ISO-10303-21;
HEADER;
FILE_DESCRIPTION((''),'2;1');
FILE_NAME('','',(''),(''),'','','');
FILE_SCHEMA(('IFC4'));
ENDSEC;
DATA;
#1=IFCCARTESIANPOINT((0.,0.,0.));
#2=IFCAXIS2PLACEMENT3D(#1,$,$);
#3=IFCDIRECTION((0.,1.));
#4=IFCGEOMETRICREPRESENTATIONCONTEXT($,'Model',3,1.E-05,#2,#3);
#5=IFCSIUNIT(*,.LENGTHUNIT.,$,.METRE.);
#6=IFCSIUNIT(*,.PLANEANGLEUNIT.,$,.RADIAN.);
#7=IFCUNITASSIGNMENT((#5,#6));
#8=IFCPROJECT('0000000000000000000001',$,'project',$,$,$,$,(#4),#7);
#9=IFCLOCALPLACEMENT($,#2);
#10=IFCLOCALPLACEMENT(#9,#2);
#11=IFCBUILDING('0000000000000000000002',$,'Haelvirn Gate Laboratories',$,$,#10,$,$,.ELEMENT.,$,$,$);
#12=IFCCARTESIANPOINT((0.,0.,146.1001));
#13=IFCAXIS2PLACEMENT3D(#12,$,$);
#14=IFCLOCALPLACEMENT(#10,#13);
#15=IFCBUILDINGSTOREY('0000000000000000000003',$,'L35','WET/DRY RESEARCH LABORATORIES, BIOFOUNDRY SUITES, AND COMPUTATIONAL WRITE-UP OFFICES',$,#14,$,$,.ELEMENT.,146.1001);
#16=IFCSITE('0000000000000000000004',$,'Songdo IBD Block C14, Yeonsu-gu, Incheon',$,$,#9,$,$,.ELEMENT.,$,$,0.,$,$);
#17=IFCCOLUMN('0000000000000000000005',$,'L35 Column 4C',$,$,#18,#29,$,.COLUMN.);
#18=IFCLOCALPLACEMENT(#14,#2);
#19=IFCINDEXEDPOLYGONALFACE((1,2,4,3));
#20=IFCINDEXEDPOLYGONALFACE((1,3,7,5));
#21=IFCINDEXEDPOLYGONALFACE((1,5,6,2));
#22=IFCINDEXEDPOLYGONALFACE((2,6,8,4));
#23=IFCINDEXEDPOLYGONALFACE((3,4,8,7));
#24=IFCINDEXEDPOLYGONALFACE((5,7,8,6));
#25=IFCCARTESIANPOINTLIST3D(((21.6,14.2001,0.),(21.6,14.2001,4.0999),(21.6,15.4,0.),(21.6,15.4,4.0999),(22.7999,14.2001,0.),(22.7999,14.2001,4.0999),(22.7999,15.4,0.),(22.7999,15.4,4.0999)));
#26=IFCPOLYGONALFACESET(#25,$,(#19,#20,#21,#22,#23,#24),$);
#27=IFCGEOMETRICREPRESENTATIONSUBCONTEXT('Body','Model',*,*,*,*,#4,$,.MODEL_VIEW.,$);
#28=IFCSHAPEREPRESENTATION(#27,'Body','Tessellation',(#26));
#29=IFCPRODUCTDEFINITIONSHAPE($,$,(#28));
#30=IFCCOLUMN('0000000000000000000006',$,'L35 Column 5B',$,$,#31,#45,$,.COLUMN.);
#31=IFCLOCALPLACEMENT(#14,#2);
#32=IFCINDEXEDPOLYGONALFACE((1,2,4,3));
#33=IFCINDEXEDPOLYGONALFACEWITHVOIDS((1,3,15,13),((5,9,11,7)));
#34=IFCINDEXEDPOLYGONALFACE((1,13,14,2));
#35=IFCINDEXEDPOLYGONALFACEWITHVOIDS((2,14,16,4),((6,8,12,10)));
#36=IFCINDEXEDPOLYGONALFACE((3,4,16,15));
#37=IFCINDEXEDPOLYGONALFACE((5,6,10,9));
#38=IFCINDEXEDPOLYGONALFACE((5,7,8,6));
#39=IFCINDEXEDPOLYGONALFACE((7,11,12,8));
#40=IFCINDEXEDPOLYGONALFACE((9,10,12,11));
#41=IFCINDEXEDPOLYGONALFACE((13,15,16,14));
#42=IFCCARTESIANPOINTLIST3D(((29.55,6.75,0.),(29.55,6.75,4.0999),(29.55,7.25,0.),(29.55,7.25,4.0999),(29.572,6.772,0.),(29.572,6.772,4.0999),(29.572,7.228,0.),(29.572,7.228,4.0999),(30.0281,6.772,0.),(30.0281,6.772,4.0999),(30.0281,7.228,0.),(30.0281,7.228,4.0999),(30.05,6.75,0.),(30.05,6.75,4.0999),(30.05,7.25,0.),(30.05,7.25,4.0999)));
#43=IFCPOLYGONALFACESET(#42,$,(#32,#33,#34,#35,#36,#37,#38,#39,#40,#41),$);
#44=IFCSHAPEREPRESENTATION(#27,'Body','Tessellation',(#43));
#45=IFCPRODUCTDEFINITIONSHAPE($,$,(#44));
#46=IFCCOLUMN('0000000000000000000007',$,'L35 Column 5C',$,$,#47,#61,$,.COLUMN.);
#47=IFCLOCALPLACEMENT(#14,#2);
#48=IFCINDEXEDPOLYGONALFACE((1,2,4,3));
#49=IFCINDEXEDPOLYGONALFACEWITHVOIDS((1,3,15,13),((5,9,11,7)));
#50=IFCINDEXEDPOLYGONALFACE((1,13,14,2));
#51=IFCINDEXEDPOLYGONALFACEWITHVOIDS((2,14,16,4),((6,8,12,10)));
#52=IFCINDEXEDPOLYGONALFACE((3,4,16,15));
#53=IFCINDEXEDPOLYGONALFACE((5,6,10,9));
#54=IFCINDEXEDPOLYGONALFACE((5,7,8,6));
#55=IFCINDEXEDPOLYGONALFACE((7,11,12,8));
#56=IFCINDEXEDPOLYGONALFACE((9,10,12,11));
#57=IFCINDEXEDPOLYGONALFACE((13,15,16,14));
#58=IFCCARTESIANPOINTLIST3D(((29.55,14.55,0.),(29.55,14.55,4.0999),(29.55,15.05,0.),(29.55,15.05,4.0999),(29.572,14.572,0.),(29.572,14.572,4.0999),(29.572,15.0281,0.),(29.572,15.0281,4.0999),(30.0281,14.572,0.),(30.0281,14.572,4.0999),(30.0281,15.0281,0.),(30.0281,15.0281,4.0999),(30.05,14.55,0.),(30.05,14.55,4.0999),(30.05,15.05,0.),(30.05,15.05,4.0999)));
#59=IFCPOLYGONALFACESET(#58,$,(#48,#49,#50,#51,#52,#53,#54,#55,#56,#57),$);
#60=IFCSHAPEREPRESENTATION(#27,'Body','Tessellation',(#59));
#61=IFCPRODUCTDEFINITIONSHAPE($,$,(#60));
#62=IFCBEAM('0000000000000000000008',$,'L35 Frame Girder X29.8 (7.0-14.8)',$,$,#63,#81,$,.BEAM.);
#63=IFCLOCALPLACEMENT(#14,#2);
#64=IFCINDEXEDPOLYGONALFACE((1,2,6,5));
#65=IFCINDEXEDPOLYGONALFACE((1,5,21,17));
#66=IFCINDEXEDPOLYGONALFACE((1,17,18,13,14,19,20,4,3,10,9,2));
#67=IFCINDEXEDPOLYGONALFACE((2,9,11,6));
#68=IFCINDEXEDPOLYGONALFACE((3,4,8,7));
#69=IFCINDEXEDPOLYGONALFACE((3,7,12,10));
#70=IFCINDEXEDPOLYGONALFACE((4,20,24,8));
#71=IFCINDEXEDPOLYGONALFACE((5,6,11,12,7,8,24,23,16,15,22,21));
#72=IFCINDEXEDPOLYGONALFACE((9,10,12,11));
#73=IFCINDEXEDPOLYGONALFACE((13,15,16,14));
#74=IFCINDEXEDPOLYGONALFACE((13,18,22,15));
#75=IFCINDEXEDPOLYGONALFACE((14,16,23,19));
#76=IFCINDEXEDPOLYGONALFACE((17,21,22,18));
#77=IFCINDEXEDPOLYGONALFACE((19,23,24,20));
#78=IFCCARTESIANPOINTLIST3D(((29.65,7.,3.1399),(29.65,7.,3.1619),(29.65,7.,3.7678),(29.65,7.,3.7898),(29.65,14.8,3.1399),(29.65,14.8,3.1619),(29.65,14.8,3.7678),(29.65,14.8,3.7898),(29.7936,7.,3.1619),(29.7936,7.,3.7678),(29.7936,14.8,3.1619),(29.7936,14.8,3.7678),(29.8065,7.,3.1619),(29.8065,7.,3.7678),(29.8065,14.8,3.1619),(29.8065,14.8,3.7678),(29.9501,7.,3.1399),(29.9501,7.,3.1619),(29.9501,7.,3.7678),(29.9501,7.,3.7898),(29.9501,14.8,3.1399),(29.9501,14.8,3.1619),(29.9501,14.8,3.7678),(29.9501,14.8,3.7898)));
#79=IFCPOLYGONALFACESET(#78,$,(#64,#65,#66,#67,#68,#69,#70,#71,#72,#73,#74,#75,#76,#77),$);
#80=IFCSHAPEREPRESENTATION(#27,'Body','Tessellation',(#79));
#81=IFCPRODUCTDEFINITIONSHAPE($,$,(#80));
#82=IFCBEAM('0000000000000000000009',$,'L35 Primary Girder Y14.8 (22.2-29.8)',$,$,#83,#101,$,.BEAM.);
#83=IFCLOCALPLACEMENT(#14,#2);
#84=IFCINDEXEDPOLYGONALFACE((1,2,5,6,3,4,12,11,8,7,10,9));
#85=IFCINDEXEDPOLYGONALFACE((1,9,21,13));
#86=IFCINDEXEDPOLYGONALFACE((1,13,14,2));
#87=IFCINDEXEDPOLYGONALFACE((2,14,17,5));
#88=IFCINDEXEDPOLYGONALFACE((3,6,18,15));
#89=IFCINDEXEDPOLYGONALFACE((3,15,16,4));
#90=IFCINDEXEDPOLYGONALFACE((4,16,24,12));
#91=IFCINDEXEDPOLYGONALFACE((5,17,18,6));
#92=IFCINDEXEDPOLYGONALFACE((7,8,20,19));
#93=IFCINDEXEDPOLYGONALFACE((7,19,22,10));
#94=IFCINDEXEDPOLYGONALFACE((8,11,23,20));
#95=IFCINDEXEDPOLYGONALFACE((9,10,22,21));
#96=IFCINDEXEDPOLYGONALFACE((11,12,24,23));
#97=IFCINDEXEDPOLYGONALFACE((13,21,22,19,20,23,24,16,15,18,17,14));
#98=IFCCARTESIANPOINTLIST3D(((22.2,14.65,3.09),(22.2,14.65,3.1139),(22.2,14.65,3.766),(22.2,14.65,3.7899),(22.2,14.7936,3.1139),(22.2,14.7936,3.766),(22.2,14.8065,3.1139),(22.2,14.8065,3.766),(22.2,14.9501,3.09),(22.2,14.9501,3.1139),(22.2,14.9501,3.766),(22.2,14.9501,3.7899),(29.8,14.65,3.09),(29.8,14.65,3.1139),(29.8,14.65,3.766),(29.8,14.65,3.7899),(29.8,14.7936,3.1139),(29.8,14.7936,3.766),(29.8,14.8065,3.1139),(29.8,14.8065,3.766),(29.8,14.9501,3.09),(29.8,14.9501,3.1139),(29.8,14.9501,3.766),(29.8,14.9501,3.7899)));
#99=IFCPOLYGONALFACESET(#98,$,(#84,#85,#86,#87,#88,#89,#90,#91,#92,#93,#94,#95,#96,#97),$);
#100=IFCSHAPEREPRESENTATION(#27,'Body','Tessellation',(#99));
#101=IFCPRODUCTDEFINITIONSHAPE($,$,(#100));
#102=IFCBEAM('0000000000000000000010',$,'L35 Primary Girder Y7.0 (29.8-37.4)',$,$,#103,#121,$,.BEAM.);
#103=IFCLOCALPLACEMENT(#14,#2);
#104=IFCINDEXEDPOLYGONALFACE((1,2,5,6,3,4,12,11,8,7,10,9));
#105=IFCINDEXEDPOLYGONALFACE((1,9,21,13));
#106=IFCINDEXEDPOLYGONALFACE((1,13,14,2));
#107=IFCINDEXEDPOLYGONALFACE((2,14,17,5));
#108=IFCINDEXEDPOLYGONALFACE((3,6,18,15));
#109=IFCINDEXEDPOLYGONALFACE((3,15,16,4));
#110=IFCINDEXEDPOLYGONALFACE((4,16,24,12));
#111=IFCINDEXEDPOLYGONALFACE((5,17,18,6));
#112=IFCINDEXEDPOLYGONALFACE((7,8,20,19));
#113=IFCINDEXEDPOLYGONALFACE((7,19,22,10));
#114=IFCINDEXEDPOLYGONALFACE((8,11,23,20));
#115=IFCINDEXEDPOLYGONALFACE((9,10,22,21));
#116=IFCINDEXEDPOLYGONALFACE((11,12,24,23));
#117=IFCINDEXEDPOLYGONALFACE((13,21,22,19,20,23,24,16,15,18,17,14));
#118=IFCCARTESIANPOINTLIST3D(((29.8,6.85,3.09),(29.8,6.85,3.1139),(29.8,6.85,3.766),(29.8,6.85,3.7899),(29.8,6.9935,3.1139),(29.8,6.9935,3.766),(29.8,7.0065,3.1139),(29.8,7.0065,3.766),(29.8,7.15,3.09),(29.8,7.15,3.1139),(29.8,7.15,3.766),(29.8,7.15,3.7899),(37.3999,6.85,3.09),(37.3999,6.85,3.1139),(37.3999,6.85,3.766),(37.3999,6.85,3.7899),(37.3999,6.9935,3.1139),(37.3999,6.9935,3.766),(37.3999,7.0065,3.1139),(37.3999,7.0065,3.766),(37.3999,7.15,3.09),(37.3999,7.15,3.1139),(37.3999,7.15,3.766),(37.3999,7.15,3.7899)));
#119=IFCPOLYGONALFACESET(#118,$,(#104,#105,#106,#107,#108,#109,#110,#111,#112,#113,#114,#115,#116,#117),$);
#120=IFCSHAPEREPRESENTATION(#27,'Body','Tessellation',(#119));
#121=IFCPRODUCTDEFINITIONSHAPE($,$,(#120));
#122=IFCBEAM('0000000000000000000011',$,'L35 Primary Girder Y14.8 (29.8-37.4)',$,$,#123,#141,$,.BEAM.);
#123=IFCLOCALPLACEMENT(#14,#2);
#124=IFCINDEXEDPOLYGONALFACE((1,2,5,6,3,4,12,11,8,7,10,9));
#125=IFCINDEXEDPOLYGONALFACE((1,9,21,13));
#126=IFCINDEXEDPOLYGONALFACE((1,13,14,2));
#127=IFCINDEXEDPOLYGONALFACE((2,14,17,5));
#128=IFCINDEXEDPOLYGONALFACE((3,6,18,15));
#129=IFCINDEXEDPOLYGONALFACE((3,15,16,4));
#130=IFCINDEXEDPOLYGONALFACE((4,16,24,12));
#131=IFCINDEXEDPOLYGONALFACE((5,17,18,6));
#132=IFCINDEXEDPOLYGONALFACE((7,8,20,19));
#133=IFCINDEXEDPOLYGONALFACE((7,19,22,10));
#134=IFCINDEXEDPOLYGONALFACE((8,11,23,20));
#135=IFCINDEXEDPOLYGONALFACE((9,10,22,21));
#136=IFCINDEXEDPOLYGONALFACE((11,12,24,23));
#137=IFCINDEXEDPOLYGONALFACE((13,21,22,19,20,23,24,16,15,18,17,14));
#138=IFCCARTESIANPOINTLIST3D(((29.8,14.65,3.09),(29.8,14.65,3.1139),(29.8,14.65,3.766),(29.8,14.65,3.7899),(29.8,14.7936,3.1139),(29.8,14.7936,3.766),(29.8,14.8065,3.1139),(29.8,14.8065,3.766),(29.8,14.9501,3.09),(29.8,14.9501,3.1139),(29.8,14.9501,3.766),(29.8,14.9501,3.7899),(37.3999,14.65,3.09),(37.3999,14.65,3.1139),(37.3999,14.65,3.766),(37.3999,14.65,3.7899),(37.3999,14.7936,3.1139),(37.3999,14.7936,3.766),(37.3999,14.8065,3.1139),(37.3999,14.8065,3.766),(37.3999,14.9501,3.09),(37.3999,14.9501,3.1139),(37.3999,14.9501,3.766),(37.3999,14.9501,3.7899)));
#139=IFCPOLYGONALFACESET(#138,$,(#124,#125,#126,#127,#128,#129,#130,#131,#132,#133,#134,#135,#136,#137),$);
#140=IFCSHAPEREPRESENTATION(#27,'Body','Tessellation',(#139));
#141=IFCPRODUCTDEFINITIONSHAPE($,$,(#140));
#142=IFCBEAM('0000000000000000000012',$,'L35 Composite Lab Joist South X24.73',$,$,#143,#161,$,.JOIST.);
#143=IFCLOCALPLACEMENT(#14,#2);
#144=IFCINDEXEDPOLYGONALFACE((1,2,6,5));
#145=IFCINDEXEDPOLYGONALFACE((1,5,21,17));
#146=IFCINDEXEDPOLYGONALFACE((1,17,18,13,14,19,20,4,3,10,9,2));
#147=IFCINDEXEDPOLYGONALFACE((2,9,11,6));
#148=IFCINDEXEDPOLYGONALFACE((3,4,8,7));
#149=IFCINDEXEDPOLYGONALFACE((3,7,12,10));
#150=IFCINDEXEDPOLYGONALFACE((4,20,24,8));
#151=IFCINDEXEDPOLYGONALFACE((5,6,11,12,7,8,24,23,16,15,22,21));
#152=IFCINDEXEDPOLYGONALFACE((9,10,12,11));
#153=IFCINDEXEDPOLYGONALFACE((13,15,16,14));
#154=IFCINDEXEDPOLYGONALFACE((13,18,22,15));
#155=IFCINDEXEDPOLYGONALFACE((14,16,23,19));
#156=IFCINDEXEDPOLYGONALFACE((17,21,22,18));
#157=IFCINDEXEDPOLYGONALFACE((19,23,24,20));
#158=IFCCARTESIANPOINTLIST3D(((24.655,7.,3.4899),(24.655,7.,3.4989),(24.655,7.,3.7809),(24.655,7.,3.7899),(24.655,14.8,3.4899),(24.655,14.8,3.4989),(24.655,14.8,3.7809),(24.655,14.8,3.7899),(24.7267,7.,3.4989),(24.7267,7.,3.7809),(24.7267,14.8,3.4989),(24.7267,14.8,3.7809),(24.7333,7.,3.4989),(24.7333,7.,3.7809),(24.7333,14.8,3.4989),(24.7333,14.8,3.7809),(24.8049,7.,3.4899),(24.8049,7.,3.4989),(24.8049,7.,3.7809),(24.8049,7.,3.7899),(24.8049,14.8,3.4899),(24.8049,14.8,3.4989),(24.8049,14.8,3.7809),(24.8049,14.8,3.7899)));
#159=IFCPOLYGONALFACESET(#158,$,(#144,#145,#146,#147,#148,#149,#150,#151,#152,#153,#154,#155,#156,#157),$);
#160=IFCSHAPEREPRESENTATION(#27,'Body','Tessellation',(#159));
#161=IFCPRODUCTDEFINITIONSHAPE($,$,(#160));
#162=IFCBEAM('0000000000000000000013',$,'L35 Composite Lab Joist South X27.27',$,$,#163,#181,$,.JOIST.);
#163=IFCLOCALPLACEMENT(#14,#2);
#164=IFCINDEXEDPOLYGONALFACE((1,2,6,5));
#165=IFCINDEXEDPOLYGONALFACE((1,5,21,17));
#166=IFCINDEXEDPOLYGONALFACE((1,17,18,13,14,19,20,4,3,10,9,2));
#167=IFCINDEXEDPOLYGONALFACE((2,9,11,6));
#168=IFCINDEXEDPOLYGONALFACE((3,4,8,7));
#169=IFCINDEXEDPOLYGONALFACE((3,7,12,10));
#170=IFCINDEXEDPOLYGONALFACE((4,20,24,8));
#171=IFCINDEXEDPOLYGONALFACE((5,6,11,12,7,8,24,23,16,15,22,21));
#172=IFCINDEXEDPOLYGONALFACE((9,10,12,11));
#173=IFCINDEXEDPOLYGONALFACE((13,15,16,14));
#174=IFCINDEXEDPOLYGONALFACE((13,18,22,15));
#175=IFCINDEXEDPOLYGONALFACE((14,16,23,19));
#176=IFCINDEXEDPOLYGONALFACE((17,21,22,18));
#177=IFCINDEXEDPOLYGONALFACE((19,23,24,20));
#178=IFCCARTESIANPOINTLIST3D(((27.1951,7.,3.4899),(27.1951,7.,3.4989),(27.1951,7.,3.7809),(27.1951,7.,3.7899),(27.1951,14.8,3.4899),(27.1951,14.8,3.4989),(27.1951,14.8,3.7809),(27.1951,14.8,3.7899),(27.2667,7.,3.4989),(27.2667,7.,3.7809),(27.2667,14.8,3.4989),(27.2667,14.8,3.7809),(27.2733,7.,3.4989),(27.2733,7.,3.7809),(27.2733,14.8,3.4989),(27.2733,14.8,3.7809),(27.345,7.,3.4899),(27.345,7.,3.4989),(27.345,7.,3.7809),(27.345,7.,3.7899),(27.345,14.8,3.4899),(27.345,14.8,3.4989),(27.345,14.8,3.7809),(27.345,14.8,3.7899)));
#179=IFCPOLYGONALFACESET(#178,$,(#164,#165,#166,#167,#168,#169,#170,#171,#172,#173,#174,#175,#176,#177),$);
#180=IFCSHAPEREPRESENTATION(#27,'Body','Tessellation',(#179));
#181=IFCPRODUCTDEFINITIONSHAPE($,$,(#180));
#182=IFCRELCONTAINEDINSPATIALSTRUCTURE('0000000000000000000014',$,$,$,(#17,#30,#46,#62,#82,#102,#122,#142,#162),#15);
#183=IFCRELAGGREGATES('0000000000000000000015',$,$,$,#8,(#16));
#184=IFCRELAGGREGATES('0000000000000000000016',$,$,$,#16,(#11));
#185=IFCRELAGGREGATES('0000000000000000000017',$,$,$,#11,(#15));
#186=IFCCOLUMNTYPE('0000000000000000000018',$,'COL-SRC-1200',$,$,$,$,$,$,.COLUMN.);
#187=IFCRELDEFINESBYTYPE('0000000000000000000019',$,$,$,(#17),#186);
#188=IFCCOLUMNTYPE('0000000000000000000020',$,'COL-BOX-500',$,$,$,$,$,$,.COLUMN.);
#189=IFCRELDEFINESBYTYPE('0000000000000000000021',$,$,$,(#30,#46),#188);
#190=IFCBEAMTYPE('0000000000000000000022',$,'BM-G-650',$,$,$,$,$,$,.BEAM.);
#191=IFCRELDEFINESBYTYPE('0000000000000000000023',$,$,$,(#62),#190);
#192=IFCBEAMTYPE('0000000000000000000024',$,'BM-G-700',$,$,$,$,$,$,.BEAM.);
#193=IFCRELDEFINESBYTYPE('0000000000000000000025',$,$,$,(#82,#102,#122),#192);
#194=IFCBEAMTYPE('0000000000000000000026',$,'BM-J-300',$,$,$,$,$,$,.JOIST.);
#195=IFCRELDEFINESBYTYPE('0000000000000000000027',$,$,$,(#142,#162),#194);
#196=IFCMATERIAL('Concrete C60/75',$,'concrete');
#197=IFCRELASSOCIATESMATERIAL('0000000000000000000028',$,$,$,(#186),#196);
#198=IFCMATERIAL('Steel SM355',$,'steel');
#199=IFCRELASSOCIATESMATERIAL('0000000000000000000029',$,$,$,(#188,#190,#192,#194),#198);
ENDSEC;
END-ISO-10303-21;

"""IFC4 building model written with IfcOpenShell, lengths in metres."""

from ifc_helpers import new_model, si_unit, direction, frame, origin, origin_2d, place, context, subcontext, project, spatial, rectangle, hollow_rectangle, i_section, extrude, source, transform, mapped, material, material_profile, profile_set, type_object, type_shapes, element, save


model = new_model("IFC4")

# Units and contexts
model_context = context("Model", 3, precision=1e-05, world=origin(), true_north=direction((0.0, 1.0)))
body_context = subcontext(model_context, "Body", "Model", "MODEL_VIEW")
ifc_project = project(units=[si_unit("LENGTHUNIT", "METRE"), si_unit("PLANEANGLEUNIT", "RADIAN")], contexts=[model_context])

# Site, building, storey
site_placement = place(None, origin())
site = spatial("IfcSite", under=ifc_project, at=site_placement, Name="Songdo IBD Block C14, Yeonsu-gu, Incheon", CompositionType="ELEMENT", RefElevation=0.0)
building_placement = place(site_placement, origin())
building = spatial("IfcBuilding", under=site, at=building_placement, Name="Haelvirn Gate Laboratories", CompositionType="ELEMENT")
storey_placement = place(building_placement, frame((0.0, 0.0, 146.1001)))
storey = spatial("IfcBuildingStorey", under=building, at=storey_placement, Name="L35", Description="WET/DRY RESEARCH LABORATORIES, BIOFOUNDRY SUITES, AND COMPUTATIONAL WRITE-UP OFFICES", CompositionType="ELEMENT", Elevation=146.1001)

# Columns
ifc_material_1 = material(Name="Concrete C60/75", Category="concrete")
ifc_material_profile_1 = material_profile(ifc_material_1, rectangle(XDim=1.2, YDim=1.2, at=origin_2d()), Name="SRC-1200x1200")
ifc_profile_set_1 = profile_set([ifc_material_profile_1], Name="Concrete C60/75")
column_type_1 = type_object("IfcColumnType", Name="COL-SRC-1200", PredefinedType="COLUMN", material=ifc_profile_set_1)
shared_shape_1 = source(origin(), body_context, "Body", "SweptSolid", [
    extrude(rectangle(XDim=1.2, YDim=1.2, at=origin_2d()), origin(), (0.0, 0.0, 1.0), 4.0999),
])
type_shapes(column_type_1, [shared_shape_1])
column_placement = place(storey_placement, frame((22.2, 14.8, 0.0), z_axis=(0.0, 0.0, 1.0), x_axis=(1.0, 0.0, 0.0)))
element("IfcColumn", 1, at=column_placement, inside=storey, type_object=column_type_1, Name="L35 Column 4C", PredefinedType="COLUMN", context=body_context, shape_type="MappedRepresentation", body=[
    mapped(shared_shape_1, transform((0.0, 0.0, 0.0), scale=1.0)),
])
ifc_material_2 = material(Name="Steel SM355", Category="steel")
ifc_material_profile_2 = material_profile(ifc_material_2, hollow_rectangle(XDim=0.5, YDim=0.5, WallThickness=0.022, at=origin_2d()), Name="BOX-500x500x22")
ifc_profile_set_2 = profile_set([ifc_material_profile_2], Name="Steel SM355")
column_type_2 = type_object("IfcColumnType", Name="COL-BOX-500", PredefinedType="COLUMN", material=ifc_profile_set_2)
shared_shape_2 = source(origin(), body_context, "Body", "SweptSolid", [
    extrude(hollow_rectangle(XDim=0.5, YDim=0.5, WallThickness=0.022, at=origin_2d()), origin(), (0.0, 0.0, 1.0), 4.0999),
])
type_shapes(column_type_2, [shared_shape_2])
for number, where, z_axis, x_axis, name in (
    (2, (29.8, 7.0, 0.0), (0.0, 0.0, 1.0), (1.0, 0.0, 0.0), "L35 Column 5B"),
    (3, (29.8, 14.8, 0.0), (0.0, 0.0, 1.0), (1.0, 0.0, 0.0), "L35 Column 5C"),
):
    element("IfcColumn", number, at=place(storey_placement, frame(where, z_axis=z_axis, x_axis=x_axis)), inside=storey, type_object=column_type_2, Name=name, PredefinedType="COLUMN", context=body_context, shape_type="MappedRepresentation", body=[
        mapped(shared_shape_2, transform((0.0, 0.0, 0.0), scale=1.0)),
    ])

# Beams
ifc_material_profile_3 = material_profile(ifc_material_2, i_section(OverallWidth=0.3, OverallDepth=0.6499, WebThickness=0.0129, FlangeThickness=0.022, at=origin_2d()), Name="H-650x300x13x22")
ifc_profile_set_3 = profile_set([ifc_material_profile_3], Name="Steel SM355")
beam_type_1 = type_object("IfcBeamType", Name="BM-G-650", PredefinedType="BEAM", material=ifc_profile_set_3)
shared_shape_3 = source(origin(), body_context, "Body", "SweptSolid", [
    extrude(i_section(OverallWidth=0.3, OverallDepth=0.6499, WebThickness=0.0129, FlangeThickness=0.022, at=origin_2d()), origin(), (0.0, 0.0, 1.0), 7.8),
])
type_shapes(beam_type_1, [shared_shape_3])
beam_1_placement = place(storey_placement, frame((29.8, 7.0, 3.4648), z_axis=(0.0, 1.0, 0.0), x_axis=(-1.0, 0.0, 0.0)))
element("IfcBeam", 4, at=beam_1_placement, inside=storey, type_object=beam_type_1, Name="L35 Frame Girder X29.8 (7.0-14.8)", PredefinedType="BEAM", context=body_context, shape_type="MappedRepresentation", body=[
    mapped(shared_shape_3, transform((0.0, 0.0, 0.0), scale=1.0)),
])
ifc_material_profile_4 = material_profile(ifc_material_2, i_section(OverallWidth=0.3, OverallDepth=0.7, WebThickness=0.0129, FlangeThickness=0.0239, at=origin_2d()), Name="H-700x300x13x24")
ifc_profile_set_4 = profile_set([ifc_material_profile_4], Name="Steel SM355")
beam_type_2 = type_object("IfcBeamType", Name="BM-G-700", PredefinedType="BEAM", material=ifc_profile_set_4)
shared_shape_4 = source(origin(), body_context, "Body", "SweptSolid", [
    extrude(i_section(OverallWidth=0.3, OverallDepth=0.7, WebThickness=0.0129, FlangeThickness=0.0239, at=origin_2d()), origin(), (0.0, 0.0, 1.0), 7.6001),
])
beam_2_placement = place(storey_placement, frame((22.2, 14.8, 3.4399), z_axis=(1.0, 0.0, 0.0), x_axis=(0.0, 1.0, 0.0)))
element("IfcBeam", 5, at=beam_2_placement, inside=storey, type_object=beam_type_2, Name="L35 Primary Girder Y14.8 (22.2-29.8)", PredefinedType="BEAM", context=body_context, shape_type="MappedRepresentation", body=[
    mapped(shared_shape_4, transform((0.0, 0.0, 0.0), scale=1.0)),
])
shared_shape_5 = source(origin(), body_context, "Body", "SweptSolid", [
    extrude(i_section(OverallWidth=0.3, OverallDepth=0.7, WebThickness=0.0129, FlangeThickness=0.0239, at=origin_2d()), origin(), (0.0, 0.0, 1.0), 7.5999),
])
type_shapes(beam_type_2, [shared_shape_4, shared_shape_5])
for number, where, z_axis, x_axis, name in (
    (6, (29.8, 7.0, 3.4399), (1.0, 0.0, 0.0), (0.0, 1.0, 0.0), "L35 Primary Girder Y7.0 (29.8-37.4)"),
    (7, (29.8, 14.8, 3.4399), (1.0, 0.0, 0.0), (0.0, 1.0, 0.0), "L35 Primary Girder Y14.8 (29.8-37.4)"),
):
    element("IfcBeam", number, at=place(storey_placement, frame(where, z_axis=z_axis, x_axis=x_axis)), inside=storey, type_object=beam_type_2, Name=name, PredefinedType="BEAM", context=body_context, shape_type="MappedRepresentation", body=[
        mapped(shared_shape_5, transform((0.0, 0.0, 0.0), scale=1.0)),
    ])
ifc_material_profile_5 = material_profile(ifc_material_2, i_section(OverallWidth=0.1499, OverallDepth=0.3, WebThickness=0.0066, FlangeThickness=0.009, at=origin_2d()), Name="H-300x150x6.5x9")
ifc_profile_set_5 = profile_set([ifc_material_profile_5], Name="Steel SM355")
beam_type_3 = type_object("IfcBeamType", Name="BM-J-300", PredefinedType="JOIST", material=ifc_profile_set_5)
shared_shape_6 = source(origin(), body_context, "Body", "SweptSolid", [
    extrude(i_section(OverallWidth=0.1499, OverallDepth=0.3, WebThickness=0.0066, FlangeThickness=0.009, at=origin_2d()), origin(), (0.0, 0.0, 1.0), 7.8),
])
type_shapes(beam_type_3, [shared_shape_6])
for number, where, z_axis, x_axis, name in (
    (8, (24.73, 7.0, 3.6399), (0.0, 1.0, 0.0), (-1.0, 0.0, 0.0), "L35 Composite Lab Joist South X24.73"),
    (9, (27.27, 7.0, 3.6399), (0.0, 1.0, 0.0), (-1.0, 0.0, 0.0), "L35 Composite Lab Joist South X27.27"),
):
    element("IfcBeam", number, at=place(storey_placement, frame(where, z_axis=z_axis, x_axis=x_axis)), inside=storey, type_object=beam_type_3, Name=name, PredefinedType="JOIST", context=body_context, shape_type="MappedRepresentation", body=[
        mapped(shared_shape_6, transform((0.0, 0.0, 0.0), scale=1.0)),
    ])

save(model, "model.ifc")
